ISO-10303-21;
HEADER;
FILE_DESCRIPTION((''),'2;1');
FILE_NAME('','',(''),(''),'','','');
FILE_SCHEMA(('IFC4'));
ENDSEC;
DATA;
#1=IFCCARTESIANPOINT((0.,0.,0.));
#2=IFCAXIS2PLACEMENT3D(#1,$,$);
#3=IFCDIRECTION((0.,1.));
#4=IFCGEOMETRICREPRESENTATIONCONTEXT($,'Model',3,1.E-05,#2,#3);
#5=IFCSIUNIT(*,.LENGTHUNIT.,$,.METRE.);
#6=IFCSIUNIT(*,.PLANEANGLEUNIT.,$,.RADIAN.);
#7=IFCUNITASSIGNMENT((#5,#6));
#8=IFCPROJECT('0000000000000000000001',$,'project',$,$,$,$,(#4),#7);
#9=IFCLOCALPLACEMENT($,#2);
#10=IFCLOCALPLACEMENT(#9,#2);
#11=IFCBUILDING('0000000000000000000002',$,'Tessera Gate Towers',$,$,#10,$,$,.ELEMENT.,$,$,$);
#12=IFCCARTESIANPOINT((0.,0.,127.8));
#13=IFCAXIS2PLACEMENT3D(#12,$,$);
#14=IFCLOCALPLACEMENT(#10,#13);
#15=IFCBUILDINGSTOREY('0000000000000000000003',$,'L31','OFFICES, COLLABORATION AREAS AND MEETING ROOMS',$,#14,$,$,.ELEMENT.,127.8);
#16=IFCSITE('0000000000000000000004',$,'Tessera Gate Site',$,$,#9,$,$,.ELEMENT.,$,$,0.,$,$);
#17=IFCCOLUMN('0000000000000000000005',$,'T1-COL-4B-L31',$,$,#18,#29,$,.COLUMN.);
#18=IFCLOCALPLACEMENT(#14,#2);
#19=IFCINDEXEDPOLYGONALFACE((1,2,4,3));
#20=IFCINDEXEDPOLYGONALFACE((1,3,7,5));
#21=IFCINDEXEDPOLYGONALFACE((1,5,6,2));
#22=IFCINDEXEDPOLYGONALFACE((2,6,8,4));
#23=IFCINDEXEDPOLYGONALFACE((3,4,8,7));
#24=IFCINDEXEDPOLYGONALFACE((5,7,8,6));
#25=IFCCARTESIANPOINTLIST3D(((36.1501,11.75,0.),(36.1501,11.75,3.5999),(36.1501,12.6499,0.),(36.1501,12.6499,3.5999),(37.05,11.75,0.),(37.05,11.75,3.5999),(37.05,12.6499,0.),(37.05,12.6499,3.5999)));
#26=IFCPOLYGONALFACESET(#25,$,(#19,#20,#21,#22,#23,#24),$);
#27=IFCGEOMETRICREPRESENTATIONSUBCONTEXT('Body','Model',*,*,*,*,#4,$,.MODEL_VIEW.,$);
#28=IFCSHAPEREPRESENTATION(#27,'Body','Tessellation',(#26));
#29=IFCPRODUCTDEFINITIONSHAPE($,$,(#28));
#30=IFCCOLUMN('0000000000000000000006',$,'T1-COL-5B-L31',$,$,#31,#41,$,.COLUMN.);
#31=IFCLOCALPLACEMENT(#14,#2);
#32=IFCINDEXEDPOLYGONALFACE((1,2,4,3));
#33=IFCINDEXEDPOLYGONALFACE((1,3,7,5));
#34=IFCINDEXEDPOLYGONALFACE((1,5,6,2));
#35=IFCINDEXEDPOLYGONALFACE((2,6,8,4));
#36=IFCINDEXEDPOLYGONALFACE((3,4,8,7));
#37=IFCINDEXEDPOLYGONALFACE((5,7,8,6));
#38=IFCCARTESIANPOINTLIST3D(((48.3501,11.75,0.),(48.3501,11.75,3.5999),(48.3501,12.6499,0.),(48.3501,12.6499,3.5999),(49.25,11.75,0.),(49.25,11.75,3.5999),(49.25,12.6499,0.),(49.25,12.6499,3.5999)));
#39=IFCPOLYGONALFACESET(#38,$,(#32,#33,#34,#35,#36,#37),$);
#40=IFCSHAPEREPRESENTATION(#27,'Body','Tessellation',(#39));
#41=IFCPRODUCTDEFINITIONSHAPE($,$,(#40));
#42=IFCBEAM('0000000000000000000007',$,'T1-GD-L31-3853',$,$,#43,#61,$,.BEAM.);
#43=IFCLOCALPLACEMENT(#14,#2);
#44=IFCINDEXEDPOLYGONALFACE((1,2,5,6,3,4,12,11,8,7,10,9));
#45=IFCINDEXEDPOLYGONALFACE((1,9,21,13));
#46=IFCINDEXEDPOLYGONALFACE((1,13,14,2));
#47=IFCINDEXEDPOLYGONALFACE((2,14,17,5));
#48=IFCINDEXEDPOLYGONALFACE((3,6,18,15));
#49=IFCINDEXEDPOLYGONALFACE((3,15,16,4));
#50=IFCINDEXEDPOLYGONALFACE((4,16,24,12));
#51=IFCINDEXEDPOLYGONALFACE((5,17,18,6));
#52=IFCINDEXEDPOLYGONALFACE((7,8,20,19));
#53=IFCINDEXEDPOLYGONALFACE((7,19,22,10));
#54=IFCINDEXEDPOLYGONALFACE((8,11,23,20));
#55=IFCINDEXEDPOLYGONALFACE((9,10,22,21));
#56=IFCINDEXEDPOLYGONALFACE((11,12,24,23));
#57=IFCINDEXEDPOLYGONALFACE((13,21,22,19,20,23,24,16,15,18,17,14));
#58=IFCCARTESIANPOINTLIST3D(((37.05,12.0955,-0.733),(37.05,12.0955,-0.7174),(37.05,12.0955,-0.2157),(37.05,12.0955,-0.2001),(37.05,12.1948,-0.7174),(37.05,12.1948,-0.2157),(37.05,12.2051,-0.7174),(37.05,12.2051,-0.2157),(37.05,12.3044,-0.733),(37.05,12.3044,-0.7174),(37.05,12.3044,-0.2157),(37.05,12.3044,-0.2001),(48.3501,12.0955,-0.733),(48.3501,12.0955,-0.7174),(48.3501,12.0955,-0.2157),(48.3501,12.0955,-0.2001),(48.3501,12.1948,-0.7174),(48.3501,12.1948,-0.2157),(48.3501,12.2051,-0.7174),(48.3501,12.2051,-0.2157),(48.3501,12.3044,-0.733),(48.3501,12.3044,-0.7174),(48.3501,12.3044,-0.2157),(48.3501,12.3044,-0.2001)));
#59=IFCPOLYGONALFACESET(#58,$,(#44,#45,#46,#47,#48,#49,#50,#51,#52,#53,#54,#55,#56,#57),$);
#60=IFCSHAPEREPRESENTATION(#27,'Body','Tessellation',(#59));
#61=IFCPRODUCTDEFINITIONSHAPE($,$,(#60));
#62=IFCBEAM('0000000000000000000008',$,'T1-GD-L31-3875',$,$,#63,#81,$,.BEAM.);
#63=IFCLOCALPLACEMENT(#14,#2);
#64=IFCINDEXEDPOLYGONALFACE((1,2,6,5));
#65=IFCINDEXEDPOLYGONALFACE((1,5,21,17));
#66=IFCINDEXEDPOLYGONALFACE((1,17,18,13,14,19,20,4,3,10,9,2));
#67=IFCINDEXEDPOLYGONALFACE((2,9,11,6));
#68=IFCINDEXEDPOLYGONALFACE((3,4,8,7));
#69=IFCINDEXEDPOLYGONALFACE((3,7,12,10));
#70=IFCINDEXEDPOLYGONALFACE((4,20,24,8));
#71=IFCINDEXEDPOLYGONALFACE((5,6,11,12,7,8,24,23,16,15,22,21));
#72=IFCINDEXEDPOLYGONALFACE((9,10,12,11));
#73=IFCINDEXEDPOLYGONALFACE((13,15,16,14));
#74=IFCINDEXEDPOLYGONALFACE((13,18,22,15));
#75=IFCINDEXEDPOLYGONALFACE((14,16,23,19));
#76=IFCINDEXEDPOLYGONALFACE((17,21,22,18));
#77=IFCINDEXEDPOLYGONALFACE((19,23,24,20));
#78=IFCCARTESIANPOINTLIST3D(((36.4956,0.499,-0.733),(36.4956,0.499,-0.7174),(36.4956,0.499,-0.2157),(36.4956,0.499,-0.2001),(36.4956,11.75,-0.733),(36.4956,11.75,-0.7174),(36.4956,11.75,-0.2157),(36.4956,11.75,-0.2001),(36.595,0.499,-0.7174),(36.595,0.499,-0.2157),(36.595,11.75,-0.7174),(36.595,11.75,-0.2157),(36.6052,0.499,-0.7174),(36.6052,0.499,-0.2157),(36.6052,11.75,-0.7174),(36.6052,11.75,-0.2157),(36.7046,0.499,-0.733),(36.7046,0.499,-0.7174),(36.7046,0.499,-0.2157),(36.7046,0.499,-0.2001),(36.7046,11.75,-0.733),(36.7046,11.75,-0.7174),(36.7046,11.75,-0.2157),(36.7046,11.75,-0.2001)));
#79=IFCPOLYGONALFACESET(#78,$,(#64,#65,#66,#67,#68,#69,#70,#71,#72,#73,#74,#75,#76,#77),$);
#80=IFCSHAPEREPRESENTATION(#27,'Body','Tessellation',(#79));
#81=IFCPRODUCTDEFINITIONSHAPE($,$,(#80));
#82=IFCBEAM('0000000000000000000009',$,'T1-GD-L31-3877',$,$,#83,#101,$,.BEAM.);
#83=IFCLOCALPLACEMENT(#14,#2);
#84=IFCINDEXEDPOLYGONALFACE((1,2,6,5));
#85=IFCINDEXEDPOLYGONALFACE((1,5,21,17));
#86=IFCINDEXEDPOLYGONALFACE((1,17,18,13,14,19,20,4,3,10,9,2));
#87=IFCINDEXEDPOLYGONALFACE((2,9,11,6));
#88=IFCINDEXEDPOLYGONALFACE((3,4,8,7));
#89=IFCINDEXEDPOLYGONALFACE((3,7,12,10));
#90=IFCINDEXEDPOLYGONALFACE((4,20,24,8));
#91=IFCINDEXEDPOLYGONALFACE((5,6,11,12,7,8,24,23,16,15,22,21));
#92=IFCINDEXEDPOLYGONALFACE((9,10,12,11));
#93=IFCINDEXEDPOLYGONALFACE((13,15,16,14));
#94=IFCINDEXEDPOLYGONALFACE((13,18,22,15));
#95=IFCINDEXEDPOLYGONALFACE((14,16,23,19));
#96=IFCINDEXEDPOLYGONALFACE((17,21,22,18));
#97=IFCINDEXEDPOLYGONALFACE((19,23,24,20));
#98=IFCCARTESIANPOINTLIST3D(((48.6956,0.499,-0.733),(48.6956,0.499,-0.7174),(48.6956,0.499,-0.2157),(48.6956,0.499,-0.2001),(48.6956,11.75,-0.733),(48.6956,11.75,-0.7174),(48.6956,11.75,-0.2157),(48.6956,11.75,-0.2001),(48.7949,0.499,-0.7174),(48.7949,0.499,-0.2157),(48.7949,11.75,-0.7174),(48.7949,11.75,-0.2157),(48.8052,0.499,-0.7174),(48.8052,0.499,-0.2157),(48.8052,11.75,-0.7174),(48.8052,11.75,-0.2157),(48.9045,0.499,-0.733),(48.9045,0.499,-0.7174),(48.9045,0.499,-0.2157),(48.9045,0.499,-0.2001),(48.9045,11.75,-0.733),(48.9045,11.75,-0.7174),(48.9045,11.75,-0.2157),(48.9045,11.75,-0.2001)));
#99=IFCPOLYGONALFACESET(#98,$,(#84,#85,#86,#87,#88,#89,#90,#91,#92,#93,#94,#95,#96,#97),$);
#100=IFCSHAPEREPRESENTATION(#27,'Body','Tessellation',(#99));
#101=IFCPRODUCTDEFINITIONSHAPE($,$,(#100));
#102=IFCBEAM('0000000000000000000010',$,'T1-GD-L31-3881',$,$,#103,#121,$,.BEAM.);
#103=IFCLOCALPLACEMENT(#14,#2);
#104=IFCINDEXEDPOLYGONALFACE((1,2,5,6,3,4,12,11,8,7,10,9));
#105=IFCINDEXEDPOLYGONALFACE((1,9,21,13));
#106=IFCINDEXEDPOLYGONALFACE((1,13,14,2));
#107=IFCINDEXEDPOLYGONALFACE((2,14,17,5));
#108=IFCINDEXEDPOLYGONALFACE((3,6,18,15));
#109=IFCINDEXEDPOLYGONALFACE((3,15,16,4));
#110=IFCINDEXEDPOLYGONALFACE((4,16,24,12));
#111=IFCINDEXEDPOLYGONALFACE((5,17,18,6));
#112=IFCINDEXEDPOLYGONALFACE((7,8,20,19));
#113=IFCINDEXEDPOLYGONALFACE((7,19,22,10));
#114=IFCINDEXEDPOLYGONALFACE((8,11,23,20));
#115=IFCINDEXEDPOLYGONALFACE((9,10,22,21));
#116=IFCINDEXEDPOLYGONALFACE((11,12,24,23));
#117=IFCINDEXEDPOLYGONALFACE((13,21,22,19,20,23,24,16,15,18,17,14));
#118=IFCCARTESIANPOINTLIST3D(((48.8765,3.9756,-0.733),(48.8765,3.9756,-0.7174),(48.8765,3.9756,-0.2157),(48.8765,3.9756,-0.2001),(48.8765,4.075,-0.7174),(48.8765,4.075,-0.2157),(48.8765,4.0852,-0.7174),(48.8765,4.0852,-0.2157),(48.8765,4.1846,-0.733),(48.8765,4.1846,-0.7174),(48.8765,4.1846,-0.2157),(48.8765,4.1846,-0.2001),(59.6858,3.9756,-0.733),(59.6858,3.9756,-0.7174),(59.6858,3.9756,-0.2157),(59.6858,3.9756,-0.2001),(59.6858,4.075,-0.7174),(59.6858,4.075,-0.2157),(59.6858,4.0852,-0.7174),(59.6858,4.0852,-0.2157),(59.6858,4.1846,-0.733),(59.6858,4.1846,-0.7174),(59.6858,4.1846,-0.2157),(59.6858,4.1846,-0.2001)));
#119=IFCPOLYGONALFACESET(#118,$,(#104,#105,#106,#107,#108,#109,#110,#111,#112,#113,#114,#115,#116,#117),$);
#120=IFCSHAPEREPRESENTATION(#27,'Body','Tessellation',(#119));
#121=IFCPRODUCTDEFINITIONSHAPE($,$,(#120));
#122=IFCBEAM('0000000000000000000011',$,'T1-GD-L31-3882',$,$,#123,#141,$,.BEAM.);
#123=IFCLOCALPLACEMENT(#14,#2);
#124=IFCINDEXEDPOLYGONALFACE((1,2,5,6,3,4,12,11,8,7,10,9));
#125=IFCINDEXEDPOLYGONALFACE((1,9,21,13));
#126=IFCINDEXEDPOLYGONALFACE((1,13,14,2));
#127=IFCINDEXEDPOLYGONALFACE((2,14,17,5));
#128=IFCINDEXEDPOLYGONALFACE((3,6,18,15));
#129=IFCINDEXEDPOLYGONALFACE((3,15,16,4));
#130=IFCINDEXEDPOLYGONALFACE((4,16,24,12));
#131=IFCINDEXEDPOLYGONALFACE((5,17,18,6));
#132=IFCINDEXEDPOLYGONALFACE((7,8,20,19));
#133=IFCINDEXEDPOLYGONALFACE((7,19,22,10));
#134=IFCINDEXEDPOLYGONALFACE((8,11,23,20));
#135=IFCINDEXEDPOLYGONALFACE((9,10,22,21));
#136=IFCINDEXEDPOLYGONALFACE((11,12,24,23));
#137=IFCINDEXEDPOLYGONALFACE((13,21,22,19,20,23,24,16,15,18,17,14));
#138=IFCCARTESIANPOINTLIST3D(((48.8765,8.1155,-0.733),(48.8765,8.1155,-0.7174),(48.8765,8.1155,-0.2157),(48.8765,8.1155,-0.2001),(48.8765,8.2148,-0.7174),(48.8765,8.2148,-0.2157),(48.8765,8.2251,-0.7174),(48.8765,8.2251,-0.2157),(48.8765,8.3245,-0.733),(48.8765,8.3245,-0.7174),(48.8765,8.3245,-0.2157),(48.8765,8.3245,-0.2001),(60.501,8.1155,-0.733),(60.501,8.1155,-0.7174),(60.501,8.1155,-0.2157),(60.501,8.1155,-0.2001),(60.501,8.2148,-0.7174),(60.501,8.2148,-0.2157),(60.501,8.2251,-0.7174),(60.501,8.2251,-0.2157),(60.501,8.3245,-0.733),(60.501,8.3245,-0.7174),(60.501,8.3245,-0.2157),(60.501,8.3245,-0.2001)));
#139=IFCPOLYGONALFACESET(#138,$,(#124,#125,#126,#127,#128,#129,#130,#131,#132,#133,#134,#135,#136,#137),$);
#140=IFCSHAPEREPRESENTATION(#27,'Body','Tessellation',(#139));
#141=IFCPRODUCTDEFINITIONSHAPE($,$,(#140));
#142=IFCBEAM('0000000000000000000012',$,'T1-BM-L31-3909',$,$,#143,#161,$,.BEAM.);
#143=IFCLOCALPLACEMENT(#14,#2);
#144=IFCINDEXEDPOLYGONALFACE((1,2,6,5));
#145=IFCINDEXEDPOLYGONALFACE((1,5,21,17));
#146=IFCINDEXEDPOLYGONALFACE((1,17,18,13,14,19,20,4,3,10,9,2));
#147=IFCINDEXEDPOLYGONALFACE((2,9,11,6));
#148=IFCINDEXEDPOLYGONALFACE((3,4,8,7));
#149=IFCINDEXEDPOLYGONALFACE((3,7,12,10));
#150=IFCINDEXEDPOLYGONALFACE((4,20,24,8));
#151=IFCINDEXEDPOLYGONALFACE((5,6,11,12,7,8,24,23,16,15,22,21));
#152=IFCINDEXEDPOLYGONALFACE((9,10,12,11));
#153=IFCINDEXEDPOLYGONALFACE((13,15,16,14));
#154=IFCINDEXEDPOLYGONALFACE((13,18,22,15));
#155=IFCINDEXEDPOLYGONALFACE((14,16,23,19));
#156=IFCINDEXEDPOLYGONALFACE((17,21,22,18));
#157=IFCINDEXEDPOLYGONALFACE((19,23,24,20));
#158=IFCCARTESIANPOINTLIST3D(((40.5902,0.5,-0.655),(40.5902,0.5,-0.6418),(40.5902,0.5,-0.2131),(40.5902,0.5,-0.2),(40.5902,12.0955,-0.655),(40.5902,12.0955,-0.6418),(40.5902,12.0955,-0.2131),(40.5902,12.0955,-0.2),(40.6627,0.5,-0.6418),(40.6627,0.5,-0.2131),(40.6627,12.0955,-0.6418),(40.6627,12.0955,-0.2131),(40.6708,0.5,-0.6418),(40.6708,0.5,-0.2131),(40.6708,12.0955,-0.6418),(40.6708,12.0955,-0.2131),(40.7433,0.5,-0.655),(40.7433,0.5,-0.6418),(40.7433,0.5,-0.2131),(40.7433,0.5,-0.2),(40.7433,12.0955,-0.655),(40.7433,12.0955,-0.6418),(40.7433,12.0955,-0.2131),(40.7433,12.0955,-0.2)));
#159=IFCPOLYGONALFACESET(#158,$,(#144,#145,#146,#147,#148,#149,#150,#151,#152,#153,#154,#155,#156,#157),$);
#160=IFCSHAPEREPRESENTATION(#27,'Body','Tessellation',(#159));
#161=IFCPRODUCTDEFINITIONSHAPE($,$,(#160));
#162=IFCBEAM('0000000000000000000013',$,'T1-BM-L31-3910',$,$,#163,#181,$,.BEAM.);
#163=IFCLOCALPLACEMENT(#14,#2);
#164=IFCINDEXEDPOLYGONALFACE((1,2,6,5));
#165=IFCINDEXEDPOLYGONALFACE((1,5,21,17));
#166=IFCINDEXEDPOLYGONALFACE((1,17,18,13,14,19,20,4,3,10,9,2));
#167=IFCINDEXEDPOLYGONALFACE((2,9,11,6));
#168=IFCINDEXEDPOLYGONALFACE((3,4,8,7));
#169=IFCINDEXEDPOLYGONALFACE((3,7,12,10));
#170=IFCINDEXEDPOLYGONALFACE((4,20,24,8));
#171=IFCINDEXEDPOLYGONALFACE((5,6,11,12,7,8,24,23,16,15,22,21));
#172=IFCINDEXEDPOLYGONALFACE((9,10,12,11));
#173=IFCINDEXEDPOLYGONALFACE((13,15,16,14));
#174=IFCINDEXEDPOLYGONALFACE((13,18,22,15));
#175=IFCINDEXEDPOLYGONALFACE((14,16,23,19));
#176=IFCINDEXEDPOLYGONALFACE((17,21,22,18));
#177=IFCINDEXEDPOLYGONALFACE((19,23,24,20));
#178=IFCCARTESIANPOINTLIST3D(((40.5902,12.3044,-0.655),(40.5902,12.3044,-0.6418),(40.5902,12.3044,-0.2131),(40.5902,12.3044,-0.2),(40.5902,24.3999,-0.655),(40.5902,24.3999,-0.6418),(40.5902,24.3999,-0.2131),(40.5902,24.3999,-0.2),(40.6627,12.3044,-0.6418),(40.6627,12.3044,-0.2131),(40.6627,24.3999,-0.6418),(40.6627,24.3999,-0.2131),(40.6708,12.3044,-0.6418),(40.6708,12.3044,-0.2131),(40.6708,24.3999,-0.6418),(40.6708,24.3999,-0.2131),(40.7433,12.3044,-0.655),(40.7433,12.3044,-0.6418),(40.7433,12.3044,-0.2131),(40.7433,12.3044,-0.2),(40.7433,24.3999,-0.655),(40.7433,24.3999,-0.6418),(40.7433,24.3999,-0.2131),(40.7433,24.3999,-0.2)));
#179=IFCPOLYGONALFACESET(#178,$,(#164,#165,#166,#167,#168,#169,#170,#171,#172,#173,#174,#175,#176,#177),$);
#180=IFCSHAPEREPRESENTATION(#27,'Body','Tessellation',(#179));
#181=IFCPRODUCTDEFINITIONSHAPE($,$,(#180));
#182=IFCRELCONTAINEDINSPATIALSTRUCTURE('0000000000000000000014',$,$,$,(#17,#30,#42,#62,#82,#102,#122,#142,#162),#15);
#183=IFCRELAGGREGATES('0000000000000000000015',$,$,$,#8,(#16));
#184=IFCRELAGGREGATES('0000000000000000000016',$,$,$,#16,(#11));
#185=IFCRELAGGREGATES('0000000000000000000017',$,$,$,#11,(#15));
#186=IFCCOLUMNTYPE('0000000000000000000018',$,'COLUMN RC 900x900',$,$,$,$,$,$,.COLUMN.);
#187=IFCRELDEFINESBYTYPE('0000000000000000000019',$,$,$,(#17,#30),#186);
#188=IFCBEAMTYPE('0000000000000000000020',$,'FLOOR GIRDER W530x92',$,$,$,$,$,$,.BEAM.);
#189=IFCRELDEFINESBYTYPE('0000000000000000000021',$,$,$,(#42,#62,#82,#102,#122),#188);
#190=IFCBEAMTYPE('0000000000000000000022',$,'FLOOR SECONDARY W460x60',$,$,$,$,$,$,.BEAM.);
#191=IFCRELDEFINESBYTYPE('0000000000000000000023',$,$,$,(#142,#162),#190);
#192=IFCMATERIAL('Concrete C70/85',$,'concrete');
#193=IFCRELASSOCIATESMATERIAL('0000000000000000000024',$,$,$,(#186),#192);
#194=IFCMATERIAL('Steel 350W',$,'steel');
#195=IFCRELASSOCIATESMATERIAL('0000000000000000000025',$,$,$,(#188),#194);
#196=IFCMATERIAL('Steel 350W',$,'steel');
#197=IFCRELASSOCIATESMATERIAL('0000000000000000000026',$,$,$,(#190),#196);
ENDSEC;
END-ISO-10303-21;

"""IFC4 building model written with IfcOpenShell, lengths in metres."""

from ifc_helpers import new_model, si_unit, direction, frame, origin, origin_2d, place, context, subcontext, project, spatial, rectangle, i_section, extrude, material, material_profile, profile_set, type_object, element, save


model = new_model("IFC4")

# Units and contexts
model_context = context("Model", 3, precision=1e-05, world=origin(), true_north=direction((0.0, 1.0)))
body_context = subcontext(model_context, "Body", "Model", "MODEL_VIEW")
ifc_project = project(units=[si_unit("LENGTHUNIT", "METRE"), si_unit("PLANEANGLEUNIT", "RADIAN")], contexts=[model_context])

# Site, building, storey
site_placement = place(None, origin())
site = spatial("IfcSite", under=ifc_project, at=site_placement, Name="Tessera Gate Site", CompositionType="ELEMENT", RefElevation=0.0)
building_placement = place(site_placement, origin())
building = spatial("IfcBuilding", under=site, at=building_placement, Name="Tessera Gate Towers", CompositionType="ELEMENT")
storey_placement = place(building_placement, frame((0.0, 0.0, 127.8)))
storey = spatial("IfcBuildingStorey", under=building, at=storey_placement, Name="L31", Description="OFFICES, COLLABORATION AREAS AND MEETING ROOMS", CompositionType="ELEMENT", Elevation=127.8)

# Columns
ifc_material_1 = material(Name="Concrete C70/85", Category="concrete")
ifc_material_profile_1 = material_profile(ifc_material_1, rectangle(XDim=0.8999, YDim=0.8999, at=origin_2d()), Name="RC 900x900")
ifc_profile_set_1 = profile_set([ifc_material_profile_1], Name="Concrete C70/85")
column_type = type_object("IfcColumnType", Name="COLUMN RC 900x900", PredefinedType="COLUMN", material=ifc_profile_set_1)
for number, where, z_axis, x_axis, name in (
    (1, (36.6001, 12.2, 0.0), (0.0, 0.0, 1.0), (1.0, 0.0, 0.0), "T1-COL-4B-L31"),
    (2, (48.8, 12.2, 0.0), (0.0, 0.0, 1.0), (1.0, 0.0, 0.0), "T1-COL-5B-L31"),
):
    element("IfcColumn", number, at=place(storey_placement, frame(where, z_axis=z_axis, x_axis=x_axis)), inside=storey, type_object=column_type, Name=name, PredefinedType="COLUMN", context=body_context, shape_type="SweptSolid", body=[
        extrude(rectangle(XDim=0.8999, YDim=0.8999, at=origin_2d()), origin(), (0.0, 0.0, 1.0), 3.5999),
    ])

# Beams
ifc_material_2 = material(Name="Steel 350W", Category="steel")
ifc_material_profile_2 = material_profile(ifc_material_2, i_section(OverallWidth=0.209, OverallDepth=0.533, WebThickness=0.0103, FlangeThickness=0.0156, at=origin_2d()), Name="W530x92")
ifc_profile_set_2 = profile_set([ifc_material_profile_2], Name="Steel 350W")
beam_type_1 = type_object("IfcBeamType", Name="FLOOR GIRDER W530x92", PredefinedType="BEAM", material=ifc_profile_set_2)
beam_1_placement = place(storey_placement, frame((37.05, 12.2, -0.4666), z_axis=(1.0, 0.0, 0.0), x_axis=(0.0, 1.0, 0.0)))
element("IfcBeam", 3, at=beam_1_placement, inside=storey, type_object=beam_type_1, Name="T1-GD-L31-3853", PredefinedType="BEAM", context=body_context, shape_type="SweptSolid", body=[
    extrude(i_section(OverallWidth=0.209, OverallDepth=0.533, WebThickness=0.0103, FlangeThickness=0.0156, at=origin_2d()), origin(), (0.0, 0.0, 1.0), 11.3),
])
for number, where, z_axis, x_axis, name in (
    (4, (36.6001, 0.499, -0.4666), (0.0, 1.0, 0.0), (-1.0, 0.0, 0.0), "T1-GD-L31-3875"),
    (5, (48.8, 0.499, -0.4666), (0.0, 1.0, 0.0), (-1.0, 0.0, 0.0), "T1-GD-L31-3877"),
):
    element("IfcBeam", number, at=place(storey_placement, frame(where, z_axis=z_axis, x_axis=x_axis)), inside=storey, type_object=beam_type_1, Name=name, PredefinedType="BEAM", context=body_context, shape_type="SweptSolid", body=[
        extrude(i_section(OverallWidth=0.209, OverallDepth=0.533, WebThickness=0.0103, FlangeThickness=0.0156, at=origin_2d()), origin(), (0.0, 0.0, 1.0), 11.251),
    ])
beam_2_placement = place(storey_placement, frame((48.8765, 4.0801, -0.4666), z_axis=(1.0, 0.0, 0.0), x_axis=(0.0, 1.0, 0.0)))
element("IfcBeam", 6, at=beam_2_placement, inside=storey, type_object=beam_type_1, Name="T1-GD-L31-3881", PredefinedType="BEAM", context=body_context, shape_type="SweptSolid", body=[
    extrude(i_section(OverallWidth=0.209, OverallDepth=0.533, WebThickness=0.0103, FlangeThickness=0.0156, at=origin_2d()), origin(), (0.0, 0.0, 1.0), 10.8093),
])
beam_3_placement = place(storey_placement, frame((48.8765, 8.22, -0.4666), z_axis=(1.0, 0.0, 0.0), x_axis=(0.0, 1.0, 0.0)))
element("IfcBeam", 7, at=beam_3_placement, inside=storey, type_object=beam_type_1, Name="T1-GD-L31-3882", PredefinedType="BEAM", context=body_context, shape_type="SweptSolid", body=[
    extrude(i_section(OverallWidth=0.209, OverallDepth=0.533, WebThickness=0.0103, FlangeThickness=0.0156, at=origin_2d()), origin(), (0.0, 0.0, 1.0), 11.6245),
])
ifc_material_3 = material(Name="Steel 350W", Category="steel")
ifc_material_profile_3 = material_profile(ifc_material_3, i_section(OverallWidth=0.1531, OverallDepth=0.4551, WebThickness=0.0081, FlangeThickness=0.0132, at=origin_2d()), Name="W460x60")
ifc_profile_set_3 = profile_set([ifc_material_profile_3], Name="Steel 350W")
beam_type_2 = type_object("IfcBeamType", Name="FLOOR SECONDARY W460x60", PredefinedType="BEAM", material=ifc_profile_set_3)
beam_4_placement = place(storey_placement, frame((40.6667, 0.5, -0.4275), z_axis=(0.0, 1.0, 0.0), x_axis=(-1.0, 0.0, 0.0)))
element("IfcBeam", 8, at=beam_4_placement, inside=storey, type_object=beam_type_2, Name="T1-BM-L31-3909", PredefinedType="BEAM", context=body_context, shape_type="SweptSolid", body=[
    extrude(i_section(OverallWidth=0.1531, OverallDepth=0.4551, WebThickness=0.0081, FlangeThickness=0.0132, at=origin_2d()), origin(), (0.0, 0.0, 1.0), 11.5955),
])
beam_5_placement = place(storey_placement, frame((40.6667, 12.3044, -0.4275), z_axis=(0.0, 1.0, 0.0), x_axis=(-1.0, 0.0, 0.0)))
element("IfcBeam", 9, at=beam_5_placement, inside=storey, type_object=beam_type_2, Name="T1-BM-L31-3910", PredefinedType="BEAM", context=body_context, shape_type="SweptSolid", body=[
    extrude(i_section(OverallWidth=0.1531, OverallDepth=0.4551, WebThickness=0.0081, FlangeThickness=0.0132, at=origin_2d()), origin(), (0.0, 0.0, 1.0), 12.0955),
])

save(model, "model.ifc")
